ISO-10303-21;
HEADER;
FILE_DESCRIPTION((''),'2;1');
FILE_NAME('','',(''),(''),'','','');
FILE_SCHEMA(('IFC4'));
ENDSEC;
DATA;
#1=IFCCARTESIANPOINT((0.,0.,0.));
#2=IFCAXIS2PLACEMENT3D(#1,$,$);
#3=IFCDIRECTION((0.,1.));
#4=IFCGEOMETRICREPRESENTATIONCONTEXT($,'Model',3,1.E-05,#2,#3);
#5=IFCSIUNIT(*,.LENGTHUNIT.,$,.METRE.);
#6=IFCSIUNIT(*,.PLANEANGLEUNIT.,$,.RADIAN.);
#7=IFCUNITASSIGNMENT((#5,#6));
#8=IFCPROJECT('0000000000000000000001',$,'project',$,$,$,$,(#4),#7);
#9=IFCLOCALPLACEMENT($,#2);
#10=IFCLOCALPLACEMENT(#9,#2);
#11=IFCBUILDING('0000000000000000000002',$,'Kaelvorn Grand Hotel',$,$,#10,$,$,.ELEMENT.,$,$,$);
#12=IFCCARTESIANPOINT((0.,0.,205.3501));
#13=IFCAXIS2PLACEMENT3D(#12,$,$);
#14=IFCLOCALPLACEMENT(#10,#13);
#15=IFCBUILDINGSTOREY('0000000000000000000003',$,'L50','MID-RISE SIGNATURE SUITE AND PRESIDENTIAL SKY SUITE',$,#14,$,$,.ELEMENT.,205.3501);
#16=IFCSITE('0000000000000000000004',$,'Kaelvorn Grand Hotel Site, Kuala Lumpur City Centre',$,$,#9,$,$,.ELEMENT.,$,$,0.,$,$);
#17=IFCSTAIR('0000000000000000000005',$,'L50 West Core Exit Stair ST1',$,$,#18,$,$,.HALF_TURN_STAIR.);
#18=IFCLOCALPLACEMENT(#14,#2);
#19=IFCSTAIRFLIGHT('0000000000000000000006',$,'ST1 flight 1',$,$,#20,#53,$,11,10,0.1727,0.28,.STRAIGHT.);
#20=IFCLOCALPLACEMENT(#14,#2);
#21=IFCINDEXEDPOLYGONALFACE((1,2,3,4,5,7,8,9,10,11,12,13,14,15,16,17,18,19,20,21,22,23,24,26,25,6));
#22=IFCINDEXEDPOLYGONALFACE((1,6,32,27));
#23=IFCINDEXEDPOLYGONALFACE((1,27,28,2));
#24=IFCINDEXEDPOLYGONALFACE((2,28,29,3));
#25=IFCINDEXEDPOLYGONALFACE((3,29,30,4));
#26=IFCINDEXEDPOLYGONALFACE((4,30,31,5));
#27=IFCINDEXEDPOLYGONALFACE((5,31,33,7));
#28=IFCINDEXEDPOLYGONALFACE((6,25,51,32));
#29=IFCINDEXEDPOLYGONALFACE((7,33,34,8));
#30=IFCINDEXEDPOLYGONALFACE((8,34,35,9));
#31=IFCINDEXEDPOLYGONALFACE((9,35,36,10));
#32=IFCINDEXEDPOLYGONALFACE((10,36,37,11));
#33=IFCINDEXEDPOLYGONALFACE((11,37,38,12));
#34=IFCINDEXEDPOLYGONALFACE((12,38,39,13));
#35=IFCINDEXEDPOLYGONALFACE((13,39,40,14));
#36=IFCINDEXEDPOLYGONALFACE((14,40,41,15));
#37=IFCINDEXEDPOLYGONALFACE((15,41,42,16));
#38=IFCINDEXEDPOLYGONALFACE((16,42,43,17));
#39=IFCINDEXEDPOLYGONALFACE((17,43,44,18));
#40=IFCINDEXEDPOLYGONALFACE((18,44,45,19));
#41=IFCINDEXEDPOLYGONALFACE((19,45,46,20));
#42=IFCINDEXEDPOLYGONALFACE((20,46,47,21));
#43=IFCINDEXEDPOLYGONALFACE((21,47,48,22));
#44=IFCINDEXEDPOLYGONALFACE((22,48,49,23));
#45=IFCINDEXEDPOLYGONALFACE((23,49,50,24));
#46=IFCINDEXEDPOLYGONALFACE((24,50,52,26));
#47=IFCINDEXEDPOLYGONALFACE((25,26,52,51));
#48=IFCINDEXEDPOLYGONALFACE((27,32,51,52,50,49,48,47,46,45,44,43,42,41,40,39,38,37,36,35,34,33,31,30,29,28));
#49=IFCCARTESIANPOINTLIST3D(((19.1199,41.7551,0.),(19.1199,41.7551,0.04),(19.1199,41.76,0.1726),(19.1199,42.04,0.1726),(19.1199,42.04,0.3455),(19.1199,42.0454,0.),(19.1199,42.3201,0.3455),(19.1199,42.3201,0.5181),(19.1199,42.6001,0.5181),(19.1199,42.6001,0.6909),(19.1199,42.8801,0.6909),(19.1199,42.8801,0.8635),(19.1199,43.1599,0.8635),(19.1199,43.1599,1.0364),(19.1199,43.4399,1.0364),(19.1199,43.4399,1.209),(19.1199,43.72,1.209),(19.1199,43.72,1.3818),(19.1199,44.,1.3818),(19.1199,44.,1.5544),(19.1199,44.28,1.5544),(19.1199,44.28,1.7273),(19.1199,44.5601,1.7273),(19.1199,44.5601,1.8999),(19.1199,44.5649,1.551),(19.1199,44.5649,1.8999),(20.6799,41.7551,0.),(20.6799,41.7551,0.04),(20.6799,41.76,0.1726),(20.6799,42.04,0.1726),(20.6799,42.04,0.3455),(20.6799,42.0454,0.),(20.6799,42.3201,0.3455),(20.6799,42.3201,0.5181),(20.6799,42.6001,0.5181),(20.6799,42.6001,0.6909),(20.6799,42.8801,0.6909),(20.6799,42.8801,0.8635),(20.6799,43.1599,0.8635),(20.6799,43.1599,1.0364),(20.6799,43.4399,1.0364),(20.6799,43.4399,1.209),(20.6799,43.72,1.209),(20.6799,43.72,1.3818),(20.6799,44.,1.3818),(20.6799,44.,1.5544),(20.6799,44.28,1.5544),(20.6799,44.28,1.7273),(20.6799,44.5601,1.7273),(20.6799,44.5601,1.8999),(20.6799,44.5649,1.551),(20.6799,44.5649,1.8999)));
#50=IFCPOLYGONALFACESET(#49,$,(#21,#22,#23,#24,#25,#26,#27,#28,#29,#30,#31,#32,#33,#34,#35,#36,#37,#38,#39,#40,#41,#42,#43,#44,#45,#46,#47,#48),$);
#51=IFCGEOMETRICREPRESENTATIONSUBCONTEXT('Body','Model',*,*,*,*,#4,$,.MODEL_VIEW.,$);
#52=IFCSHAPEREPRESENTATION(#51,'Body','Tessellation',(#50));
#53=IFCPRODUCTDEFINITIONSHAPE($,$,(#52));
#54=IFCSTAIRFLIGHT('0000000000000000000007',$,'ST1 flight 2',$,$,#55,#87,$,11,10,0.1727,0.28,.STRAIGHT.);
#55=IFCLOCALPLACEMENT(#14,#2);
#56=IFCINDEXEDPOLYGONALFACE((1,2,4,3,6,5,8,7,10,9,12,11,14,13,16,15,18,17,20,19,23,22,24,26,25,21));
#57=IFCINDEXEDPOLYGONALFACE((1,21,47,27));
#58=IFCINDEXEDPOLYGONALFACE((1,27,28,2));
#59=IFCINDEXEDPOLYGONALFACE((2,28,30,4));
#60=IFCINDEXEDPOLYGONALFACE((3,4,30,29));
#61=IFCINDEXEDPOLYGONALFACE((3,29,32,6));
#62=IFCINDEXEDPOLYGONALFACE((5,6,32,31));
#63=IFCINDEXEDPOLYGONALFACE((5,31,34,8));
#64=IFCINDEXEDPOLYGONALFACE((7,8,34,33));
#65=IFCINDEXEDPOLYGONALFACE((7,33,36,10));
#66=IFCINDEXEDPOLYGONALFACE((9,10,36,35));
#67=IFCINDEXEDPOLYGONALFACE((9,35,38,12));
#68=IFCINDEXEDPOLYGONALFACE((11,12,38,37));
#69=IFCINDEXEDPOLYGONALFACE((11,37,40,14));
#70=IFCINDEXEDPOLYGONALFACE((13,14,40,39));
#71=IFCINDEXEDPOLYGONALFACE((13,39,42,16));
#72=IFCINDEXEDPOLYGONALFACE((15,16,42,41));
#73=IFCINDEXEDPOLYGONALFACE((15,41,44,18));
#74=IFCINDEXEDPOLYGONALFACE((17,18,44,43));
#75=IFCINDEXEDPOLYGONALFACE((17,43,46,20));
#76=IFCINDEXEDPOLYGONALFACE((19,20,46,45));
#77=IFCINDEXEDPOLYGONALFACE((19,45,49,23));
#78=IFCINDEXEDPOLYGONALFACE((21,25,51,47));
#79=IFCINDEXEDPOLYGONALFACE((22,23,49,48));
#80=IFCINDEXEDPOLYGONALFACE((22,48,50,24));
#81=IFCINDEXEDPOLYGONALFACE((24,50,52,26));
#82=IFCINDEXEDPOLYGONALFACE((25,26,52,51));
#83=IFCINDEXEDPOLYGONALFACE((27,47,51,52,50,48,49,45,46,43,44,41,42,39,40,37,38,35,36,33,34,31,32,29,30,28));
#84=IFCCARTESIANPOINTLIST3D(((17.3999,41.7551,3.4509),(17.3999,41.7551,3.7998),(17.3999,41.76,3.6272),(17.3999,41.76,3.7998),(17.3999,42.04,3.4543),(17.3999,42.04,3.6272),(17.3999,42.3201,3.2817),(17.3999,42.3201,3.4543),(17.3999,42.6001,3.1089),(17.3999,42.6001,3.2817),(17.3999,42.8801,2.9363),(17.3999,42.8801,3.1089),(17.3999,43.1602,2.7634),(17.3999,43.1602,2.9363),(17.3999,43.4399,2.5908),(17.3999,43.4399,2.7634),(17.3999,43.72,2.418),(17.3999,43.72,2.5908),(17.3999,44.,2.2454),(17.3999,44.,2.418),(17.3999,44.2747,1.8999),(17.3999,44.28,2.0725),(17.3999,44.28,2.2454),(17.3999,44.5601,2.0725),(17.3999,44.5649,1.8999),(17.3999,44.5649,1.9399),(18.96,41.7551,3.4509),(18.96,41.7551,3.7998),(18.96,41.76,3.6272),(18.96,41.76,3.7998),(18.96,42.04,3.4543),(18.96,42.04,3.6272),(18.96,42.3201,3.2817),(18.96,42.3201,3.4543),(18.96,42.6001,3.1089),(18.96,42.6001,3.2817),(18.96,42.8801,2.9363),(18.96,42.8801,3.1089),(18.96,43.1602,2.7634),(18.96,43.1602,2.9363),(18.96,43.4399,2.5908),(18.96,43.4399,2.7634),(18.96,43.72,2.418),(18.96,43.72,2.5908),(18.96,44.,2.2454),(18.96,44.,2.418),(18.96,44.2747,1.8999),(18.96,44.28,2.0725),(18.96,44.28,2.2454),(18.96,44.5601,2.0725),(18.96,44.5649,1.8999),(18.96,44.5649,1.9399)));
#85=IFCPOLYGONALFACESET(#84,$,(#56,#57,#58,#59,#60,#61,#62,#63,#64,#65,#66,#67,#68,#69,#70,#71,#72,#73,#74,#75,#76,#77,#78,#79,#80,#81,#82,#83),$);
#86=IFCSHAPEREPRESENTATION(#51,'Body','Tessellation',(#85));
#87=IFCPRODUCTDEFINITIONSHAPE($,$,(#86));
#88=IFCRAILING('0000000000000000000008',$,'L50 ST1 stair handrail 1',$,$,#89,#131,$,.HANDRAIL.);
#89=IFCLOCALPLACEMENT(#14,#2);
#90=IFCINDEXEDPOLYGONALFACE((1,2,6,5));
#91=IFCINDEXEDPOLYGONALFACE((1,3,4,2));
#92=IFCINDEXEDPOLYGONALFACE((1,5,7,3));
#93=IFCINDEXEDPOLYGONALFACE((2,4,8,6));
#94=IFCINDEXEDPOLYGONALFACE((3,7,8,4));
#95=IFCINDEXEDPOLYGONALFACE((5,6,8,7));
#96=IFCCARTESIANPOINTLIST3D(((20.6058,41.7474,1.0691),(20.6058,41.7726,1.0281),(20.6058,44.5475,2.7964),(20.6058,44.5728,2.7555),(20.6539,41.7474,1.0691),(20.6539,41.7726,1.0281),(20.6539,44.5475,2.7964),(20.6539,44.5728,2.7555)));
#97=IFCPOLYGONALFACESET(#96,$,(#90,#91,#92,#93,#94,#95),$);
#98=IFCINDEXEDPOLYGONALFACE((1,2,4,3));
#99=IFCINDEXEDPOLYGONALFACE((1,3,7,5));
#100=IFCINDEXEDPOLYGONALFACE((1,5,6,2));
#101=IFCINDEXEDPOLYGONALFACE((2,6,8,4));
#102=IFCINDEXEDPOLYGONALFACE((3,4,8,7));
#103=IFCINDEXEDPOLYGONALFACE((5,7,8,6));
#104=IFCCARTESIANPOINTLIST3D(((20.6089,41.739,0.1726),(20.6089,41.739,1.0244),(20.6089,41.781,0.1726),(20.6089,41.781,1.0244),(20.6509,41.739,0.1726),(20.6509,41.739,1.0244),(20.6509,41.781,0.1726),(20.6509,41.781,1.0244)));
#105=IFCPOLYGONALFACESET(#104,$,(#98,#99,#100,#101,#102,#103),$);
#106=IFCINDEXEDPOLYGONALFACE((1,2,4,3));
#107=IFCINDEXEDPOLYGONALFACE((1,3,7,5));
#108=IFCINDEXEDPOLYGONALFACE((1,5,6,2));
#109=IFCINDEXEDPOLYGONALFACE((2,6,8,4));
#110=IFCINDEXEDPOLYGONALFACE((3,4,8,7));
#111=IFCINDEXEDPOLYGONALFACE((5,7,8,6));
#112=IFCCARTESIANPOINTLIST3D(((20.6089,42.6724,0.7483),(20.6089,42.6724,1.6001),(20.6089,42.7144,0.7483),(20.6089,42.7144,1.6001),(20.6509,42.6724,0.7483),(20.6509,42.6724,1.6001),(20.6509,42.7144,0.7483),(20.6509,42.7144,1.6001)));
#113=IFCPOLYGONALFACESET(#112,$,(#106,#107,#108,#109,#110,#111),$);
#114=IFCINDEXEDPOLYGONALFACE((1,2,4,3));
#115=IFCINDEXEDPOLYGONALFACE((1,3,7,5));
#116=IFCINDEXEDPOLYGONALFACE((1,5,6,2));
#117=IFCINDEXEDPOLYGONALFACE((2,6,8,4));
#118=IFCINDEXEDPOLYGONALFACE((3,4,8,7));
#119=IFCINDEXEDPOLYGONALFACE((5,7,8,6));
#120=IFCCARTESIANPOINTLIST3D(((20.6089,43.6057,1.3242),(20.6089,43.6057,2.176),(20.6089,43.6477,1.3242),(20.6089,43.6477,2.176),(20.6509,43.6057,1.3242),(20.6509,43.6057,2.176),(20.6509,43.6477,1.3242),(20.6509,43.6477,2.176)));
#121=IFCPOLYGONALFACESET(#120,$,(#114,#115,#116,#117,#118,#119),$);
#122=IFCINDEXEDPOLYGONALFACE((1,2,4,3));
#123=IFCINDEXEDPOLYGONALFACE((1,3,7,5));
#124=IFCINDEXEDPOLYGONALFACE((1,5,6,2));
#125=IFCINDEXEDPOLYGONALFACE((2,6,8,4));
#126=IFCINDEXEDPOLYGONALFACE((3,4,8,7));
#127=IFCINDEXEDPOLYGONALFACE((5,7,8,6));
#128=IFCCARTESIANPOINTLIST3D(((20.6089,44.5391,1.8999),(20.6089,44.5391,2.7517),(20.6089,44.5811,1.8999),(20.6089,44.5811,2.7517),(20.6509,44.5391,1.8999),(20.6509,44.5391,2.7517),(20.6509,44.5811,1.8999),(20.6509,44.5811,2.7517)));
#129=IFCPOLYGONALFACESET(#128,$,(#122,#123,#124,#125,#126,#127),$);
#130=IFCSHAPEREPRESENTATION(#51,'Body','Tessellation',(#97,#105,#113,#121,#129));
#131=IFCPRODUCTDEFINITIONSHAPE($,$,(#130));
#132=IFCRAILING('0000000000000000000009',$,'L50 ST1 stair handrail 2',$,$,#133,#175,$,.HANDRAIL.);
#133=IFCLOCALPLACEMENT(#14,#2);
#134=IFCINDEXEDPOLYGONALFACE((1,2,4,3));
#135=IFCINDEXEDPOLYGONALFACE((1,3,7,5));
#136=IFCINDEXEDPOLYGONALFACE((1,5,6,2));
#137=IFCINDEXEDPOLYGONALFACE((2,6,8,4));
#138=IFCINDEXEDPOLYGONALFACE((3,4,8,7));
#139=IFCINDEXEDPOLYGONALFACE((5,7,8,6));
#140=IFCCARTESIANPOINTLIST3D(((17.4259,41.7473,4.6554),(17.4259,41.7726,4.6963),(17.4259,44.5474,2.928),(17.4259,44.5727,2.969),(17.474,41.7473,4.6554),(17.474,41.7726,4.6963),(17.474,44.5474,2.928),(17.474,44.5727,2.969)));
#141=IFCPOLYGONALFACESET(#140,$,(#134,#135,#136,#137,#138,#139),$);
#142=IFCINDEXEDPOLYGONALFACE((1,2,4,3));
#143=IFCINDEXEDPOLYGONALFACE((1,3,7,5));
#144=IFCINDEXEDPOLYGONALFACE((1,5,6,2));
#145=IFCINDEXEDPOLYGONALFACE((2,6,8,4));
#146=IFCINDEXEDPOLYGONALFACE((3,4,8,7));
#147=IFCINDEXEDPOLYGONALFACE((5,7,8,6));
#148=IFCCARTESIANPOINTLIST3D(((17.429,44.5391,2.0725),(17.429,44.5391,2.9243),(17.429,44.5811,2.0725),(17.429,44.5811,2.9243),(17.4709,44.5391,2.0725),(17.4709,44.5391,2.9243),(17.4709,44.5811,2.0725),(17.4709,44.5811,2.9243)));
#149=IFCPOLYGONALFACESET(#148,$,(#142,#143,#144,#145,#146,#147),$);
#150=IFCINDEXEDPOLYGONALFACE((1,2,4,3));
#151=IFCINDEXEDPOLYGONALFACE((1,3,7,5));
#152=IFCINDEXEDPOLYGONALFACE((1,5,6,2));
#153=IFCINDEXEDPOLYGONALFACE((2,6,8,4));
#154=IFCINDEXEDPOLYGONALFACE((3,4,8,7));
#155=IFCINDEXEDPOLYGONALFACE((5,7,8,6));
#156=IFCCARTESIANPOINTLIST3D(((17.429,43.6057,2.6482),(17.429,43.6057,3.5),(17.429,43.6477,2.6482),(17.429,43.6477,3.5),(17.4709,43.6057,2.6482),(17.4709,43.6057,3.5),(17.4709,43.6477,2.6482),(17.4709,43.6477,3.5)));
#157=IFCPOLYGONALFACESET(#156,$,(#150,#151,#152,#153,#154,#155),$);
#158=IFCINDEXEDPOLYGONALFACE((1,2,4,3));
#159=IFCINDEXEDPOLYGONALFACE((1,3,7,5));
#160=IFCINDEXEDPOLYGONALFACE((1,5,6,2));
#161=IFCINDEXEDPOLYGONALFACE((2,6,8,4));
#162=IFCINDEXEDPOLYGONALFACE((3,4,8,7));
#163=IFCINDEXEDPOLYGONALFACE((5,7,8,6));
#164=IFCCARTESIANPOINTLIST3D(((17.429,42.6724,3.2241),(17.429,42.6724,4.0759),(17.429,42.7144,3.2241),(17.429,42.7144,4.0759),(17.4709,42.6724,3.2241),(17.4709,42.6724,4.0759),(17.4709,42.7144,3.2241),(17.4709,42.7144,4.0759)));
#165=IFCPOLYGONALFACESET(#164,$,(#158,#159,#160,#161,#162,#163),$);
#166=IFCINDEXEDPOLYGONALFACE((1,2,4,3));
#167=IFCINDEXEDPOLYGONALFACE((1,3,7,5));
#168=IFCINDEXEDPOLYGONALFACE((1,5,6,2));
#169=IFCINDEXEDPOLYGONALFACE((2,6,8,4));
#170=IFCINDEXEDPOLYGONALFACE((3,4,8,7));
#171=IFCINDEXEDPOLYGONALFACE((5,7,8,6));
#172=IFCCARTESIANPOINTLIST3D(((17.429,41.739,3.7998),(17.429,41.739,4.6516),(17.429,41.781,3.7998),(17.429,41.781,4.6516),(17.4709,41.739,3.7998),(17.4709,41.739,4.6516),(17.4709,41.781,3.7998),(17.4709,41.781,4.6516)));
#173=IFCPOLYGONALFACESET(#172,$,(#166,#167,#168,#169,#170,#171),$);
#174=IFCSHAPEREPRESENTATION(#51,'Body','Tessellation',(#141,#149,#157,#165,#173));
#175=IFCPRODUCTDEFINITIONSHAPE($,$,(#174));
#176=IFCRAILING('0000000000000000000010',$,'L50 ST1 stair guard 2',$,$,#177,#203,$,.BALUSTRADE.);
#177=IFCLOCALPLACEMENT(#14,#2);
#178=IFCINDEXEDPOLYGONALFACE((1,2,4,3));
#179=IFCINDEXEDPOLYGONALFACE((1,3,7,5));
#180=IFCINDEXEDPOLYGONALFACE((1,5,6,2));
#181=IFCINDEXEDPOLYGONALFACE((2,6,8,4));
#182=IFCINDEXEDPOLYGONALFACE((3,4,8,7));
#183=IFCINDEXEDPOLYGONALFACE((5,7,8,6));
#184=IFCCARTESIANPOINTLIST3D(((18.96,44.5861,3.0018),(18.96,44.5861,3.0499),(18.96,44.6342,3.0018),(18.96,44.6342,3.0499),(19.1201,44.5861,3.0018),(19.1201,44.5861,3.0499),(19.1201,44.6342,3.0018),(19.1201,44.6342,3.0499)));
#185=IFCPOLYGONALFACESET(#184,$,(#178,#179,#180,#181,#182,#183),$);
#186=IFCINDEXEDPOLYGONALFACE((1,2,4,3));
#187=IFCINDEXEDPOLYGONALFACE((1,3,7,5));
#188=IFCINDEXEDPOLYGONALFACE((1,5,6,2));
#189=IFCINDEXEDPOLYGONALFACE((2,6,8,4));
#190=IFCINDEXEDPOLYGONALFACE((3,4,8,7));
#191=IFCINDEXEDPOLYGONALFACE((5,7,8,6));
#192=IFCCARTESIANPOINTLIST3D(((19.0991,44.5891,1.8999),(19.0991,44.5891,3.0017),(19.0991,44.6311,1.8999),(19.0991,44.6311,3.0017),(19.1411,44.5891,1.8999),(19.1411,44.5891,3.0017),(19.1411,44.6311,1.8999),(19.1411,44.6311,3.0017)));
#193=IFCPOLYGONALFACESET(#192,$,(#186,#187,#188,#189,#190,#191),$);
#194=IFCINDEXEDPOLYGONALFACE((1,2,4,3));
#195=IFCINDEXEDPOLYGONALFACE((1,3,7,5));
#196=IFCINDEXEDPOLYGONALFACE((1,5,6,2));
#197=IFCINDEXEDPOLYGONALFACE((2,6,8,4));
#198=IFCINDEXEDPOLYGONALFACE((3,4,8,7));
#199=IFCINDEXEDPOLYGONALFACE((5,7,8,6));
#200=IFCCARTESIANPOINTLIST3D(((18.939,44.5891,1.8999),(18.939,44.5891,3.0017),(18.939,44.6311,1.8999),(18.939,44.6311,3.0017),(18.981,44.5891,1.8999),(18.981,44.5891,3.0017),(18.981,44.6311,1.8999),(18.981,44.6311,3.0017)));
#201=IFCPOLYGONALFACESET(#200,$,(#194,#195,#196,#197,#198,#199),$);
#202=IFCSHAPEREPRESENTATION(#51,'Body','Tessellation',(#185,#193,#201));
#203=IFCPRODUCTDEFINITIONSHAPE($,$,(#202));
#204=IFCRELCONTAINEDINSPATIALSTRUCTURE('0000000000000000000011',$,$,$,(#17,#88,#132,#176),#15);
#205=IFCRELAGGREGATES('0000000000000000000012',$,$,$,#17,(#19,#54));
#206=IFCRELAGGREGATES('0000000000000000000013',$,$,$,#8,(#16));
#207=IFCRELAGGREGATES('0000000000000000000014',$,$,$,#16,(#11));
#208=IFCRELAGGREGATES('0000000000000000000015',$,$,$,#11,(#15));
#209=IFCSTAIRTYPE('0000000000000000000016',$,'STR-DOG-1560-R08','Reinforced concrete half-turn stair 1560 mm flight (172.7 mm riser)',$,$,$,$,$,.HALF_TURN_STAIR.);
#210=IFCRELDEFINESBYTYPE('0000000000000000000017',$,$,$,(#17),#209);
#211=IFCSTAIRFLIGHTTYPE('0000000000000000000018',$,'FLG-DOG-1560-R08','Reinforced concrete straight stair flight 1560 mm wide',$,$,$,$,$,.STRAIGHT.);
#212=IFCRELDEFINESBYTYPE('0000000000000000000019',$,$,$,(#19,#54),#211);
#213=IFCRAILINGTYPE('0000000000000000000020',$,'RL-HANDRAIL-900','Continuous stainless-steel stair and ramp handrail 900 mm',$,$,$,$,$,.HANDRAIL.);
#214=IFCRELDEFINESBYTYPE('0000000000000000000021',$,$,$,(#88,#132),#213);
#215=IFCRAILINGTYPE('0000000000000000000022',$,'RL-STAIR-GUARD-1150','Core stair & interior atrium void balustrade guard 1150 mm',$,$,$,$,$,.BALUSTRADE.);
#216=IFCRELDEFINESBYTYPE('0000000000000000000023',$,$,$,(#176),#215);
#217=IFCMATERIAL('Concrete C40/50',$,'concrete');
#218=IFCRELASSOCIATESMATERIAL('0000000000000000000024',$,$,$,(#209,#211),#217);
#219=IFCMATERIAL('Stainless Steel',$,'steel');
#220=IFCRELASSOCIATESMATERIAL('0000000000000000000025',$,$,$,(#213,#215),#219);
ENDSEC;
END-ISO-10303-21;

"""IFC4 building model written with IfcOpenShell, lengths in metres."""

from ifc_helpers import new_model, si_unit, direction, frame, origin, origin_2d, place, context, subcontext, project, spatial, polyline, rectangle, outline, extrude, material, type_object, element, aggregate, save


model = new_model("IFC4")

# Units and contexts
model_context = context("Model", 3, precision=1e-05, world=origin(), true_north=direction((0.0, 1.0)))
body_context = subcontext(model_context, "Body", "Model", "MODEL_VIEW")
ifc_project = project(units=[si_unit("LENGTHUNIT", "METRE"), si_unit("PLANEANGLEUNIT", "RADIAN")], contexts=[model_context])

# Site, building, storey
site_placement = place(None, origin())
site = spatial("IfcSite", under=ifc_project, at=site_placement, Name="Kaelvorn Grand Hotel Site, Kuala Lumpur City Centre", CompositionType="ELEMENT", RefElevation=0.0)
building_placement = place(site_placement, origin())
building = spatial("IfcBuilding", under=site, at=building_placement, Name="Kaelvorn Grand Hotel", CompositionType="ELEMENT")
storey_placement = place(building_placement, frame((0.0, 0.0, 205.3501)))
storey = spatial("IfcBuildingStorey", under=building, at=storey_placement, Name="L50", Description="MID-RISE SIGNATURE SUITE AND PRESIDENTIAL SKY SUITE", CompositionType="ELEMENT", Elevation=205.3501)

# Shared definitions
ifc_material_1 = material(Name="Concrete C40/50", Category="concrete")

# Stair, stair flights
stair_type = type_object("IfcStairType", Name="STR-DOG-1560-R08", Description="Reinforced concrete half-turn stair 1560 mm flight (172.7 mm riser)", PredefinedType="HALF_TURN_STAIR", material=ifc_material_1)
stair_placement = place(storey_placement, origin())
stair = element("IfcStair", 1, at=stair_placement, inside=storey, type_object=stair_type, Name="L50 West Core Exit Stair ST1", PredefinedType="HALF_TURN_STAIR")
stair_flight_type = type_object("IfcStairFlightType", Name="FLG-DOG-1560-R08", Description="Reinforced concrete straight stair flight 1560 mm wide", PredefinedType="STRAIGHT", material=ifc_material_1)
stair_flight_1_placement = place(storey_placement, frame((19.8999, 41.76, 0.0), z_axis=(0.0, 0.0, 1.0), x_axis=(0.0, 1.0, 0.0)))
stair_flight_1 = element("IfcStairFlight", 2, at=stair_flight_1_placement, type_object=stair_flight_type, Name="ST1 flight 1", NumberOfRisers=11, NumberOfTreads=10, PredefinedType="STRAIGHT", RiserHeight=0.1727, TreadLength=0.28, context=body_context, shape_type="SweptSolid", body=[
    extrude(outline(polyline([(-0.0049, 0.0), (-0.0049, 0.04), (0.0, 0.1726), (0.28, 0.1726), (0.28, 0.3455), (0.5601, 0.3455), (0.5601, 0.5181), (0.8401, 0.5181), (0.8401, 0.6909), (1.1201, 0.6909), (1.1201, 0.8635), (1.3999, 0.8635), (1.3999, 1.0364), (1.6799, 1.0364), (1.6799, 1.209), (1.96, 1.209), (1.96, 1.3818), (2.24, 1.3818), (2.24, 1.5544), (2.52, 1.5544), (2.52, 1.7273), (2.8, 1.7273), (2.8, 1.8999), (2.8049, 1.8999), (2.8049, 1.551), (0.2854, 0.0), (-0.0049, 0.0)])), frame((0.0, 0.78, 0.0), z_axis=(0.0, -1.0, 0.0), x_axis=(1.0, 0.0, 0.0)), (0.0, 0.0, 1.0), 1.5601),
])
stair_flight_2_placement = place(storey_placement, frame((18.1799, 44.5601, 1.8999), z_axis=(0.0, 0.0, 1.0), x_axis=(0.0, -1.0, 0.0)))
stair_flight_2 = element("IfcStairFlight", 3, at=stair_flight_2_placement, type_object=stair_flight_type, Name="ST1 flight 2", NumberOfRisers=11, NumberOfTreads=10, PredefinedType="STRAIGHT", RiserHeight=0.1727, TreadLength=0.28, context=body_context, shape_type="SweptSolid", body=[
    extrude(outline(polyline([(-0.0049, 0.0), (-0.0049, 0.04), (0.0, 0.1726), (0.28, 0.1726), (0.28, 0.3455), (0.5601, 0.3455), (0.5601, 0.5181), (0.8401, 0.5181), (0.8401, 0.6909), (1.1201, 0.6909), (1.1201, 0.8635), (1.3999, 0.8635), (1.3999, 1.0364), (1.6799, 1.0364), (1.6799, 1.209), (1.96, 1.209), (1.96, 1.3818), (2.24, 1.3818), (2.24, 1.5544), (2.52, 1.5544), (2.52, 1.7273), (2.8, 1.7273), (2.8, 1.8999), (2.8049, 1.8999), (2.8049, 1.551), (0.2854, 0.0), (-0.0049, 0.0)])), frame((0.0, 0.78, 0.0), z_axis=(0.0, -1.0, 0.0), x_axis=(1.0, 0.0, 0.0)), (0.0, 0.0, 1.0), 1.5601),
])
aggregate(stair, [stair_flight_1, stair_flight_2])

# Railings
ifc_material_2 = material(Name="Stainless Steel", Category="steel")
railing_type_1 = type_object("IfcRailingType", Name="RL-HANDRAIL-900", Description="Continuous stainless-steel stair and ramp handrail 900 mm", PredefinedType="HANDRAIL", material=ifc_material_2)
railing_1_placement = place(storey_placement, frame((20.6299, 41.76, 0.1726)))
element("IfcRailing", 4, at=railing_1_placement, inside=storey, type_object=railing_type_1, Name="L50 ST1 stair handrail 1", PredefinedType="HANDRAIL", context=body_context, shape_type="SweptSolid", body=[
    extrude(rectangle(XDim=0.0481, YDim=0.0481, at=origin_2d()), frame((0.0, 0.0, 0.876), z_axis=(0.0, 0.85109, 0.52502), x_axis=(-1.0, 0.0, 0.0)), (0.0, 0.0, 1.0), 3.29),
    extrude(rectangle(XDim=0.042, YDim=0.042, at=origin_2d()), origin(), (0.0, 0.0, 1.0), 0.8518),
    extrude(rectangle(XDim=0.042, YDim=0.042, at=origin_2d()), frame((0.0, 0.9333, 0.5757)), (0.0, 0.0, 1.0), 0.8518),
    extrude(rectangle(XDim=0.042, YDim=0.042, at=origin_2d()), frame((0.0, 1.8667, 1.1516)), (0.0, 0.0, 1.0), 0.8518),
    extrude(rectangle(XDim=0.042, YDim=0.042, at=origin_2d()), frame((0.0, 2.8, 1.7273)), (0.0, 0.0, 1.0), 0.8518),
])
railing_2_placement = place(storey_placement, frame((17.45, 44.5601, 2.0725)))
element("IfcRailing", 5, at=railing_2_placement, inside=storey, type_object=railing_type_1, Name="L50 ST1 stair handrail 2", PredefinedType="HANDRAIL", context=body_context, shape_type="SweptSolid", body=[
    extrude(rectangle(XDim=0.0481, YDim=0.0481, at=origin_2d()), frame((0.0, 0.0, 0.876), z_axis=(0.0, -0.85109, 0.52502), x_axis=(1.0, 0.0, 0.0)), (0.0, 0.0, 1.0), 3.29),
    extrude(rectangle(XDim=0.042, YDim=0.042, at=origin_2d()), origin(), (0.0, 0.0, 1.0), 0.8518),
    extrude(rectangle(XDim=0.042, YDim=0.042, at=origin_2d()), frame((0.0, -0.9333, 0.5757)), (0.0, 0.0, 1.0), 0.8518),
    extrude(rectangle(XDim=0.042, YDim=0.042, at=origin_2d()), frame((0.0, -1.8667, 1.1516)), (0.0, 0.0, 1.0), 0.8518),
    extrude(rectangle(XDim=0.042, YDim=0.042, at=origin_2d()), frame((0.0, -2.8, 1.7273)), (0.0, 0.0, 1.0), 0.8518),
])
railing_type_2 = type_object("IfcRailingType", Name="RL-STAIR-GUARD-1150", Description="Core stair & interior atrium void balustrade guard 1150 mm", PredefinedType="BALUSTRADE", material=ifc_material_2)
railing_3_placement = place(storey_placement, frame((19.1201, 44.6101, 1.8999)))
element("IfcRailing", 6, at=railing_3_placement, inside=storey, type_object=railing_type_2, Name="L50 ST1 stair guard 2", PredefinedType="BALUSTRADE", context=body_context, shape_type="SweptSolid", body=[
    extrude(rectangle(XDim=0.0481, YDim=0.0481, at=origin_2d()), frame((0.0, 0.0, 1.126), z_axis=(-1.0, 0.0, 0.0), x_axis=(0.0, -1.0, 0.0)), (0.0, 0.0, 1.0), 0.1602),
    extrude(rectangle(XDim=0.042, YDim=0.042, at=origin_2d()), origin(), (0.0, 0.0, 1.0), 1.1018),
    extrude(rectangle(XDim=0.042, YDim=0.042, at=origin_2d()), frame((-0.1602, 0.0, 0.0)), (0.0, 0.0, 1.0), 1.1018),
])

save(model, "model.ifc")
